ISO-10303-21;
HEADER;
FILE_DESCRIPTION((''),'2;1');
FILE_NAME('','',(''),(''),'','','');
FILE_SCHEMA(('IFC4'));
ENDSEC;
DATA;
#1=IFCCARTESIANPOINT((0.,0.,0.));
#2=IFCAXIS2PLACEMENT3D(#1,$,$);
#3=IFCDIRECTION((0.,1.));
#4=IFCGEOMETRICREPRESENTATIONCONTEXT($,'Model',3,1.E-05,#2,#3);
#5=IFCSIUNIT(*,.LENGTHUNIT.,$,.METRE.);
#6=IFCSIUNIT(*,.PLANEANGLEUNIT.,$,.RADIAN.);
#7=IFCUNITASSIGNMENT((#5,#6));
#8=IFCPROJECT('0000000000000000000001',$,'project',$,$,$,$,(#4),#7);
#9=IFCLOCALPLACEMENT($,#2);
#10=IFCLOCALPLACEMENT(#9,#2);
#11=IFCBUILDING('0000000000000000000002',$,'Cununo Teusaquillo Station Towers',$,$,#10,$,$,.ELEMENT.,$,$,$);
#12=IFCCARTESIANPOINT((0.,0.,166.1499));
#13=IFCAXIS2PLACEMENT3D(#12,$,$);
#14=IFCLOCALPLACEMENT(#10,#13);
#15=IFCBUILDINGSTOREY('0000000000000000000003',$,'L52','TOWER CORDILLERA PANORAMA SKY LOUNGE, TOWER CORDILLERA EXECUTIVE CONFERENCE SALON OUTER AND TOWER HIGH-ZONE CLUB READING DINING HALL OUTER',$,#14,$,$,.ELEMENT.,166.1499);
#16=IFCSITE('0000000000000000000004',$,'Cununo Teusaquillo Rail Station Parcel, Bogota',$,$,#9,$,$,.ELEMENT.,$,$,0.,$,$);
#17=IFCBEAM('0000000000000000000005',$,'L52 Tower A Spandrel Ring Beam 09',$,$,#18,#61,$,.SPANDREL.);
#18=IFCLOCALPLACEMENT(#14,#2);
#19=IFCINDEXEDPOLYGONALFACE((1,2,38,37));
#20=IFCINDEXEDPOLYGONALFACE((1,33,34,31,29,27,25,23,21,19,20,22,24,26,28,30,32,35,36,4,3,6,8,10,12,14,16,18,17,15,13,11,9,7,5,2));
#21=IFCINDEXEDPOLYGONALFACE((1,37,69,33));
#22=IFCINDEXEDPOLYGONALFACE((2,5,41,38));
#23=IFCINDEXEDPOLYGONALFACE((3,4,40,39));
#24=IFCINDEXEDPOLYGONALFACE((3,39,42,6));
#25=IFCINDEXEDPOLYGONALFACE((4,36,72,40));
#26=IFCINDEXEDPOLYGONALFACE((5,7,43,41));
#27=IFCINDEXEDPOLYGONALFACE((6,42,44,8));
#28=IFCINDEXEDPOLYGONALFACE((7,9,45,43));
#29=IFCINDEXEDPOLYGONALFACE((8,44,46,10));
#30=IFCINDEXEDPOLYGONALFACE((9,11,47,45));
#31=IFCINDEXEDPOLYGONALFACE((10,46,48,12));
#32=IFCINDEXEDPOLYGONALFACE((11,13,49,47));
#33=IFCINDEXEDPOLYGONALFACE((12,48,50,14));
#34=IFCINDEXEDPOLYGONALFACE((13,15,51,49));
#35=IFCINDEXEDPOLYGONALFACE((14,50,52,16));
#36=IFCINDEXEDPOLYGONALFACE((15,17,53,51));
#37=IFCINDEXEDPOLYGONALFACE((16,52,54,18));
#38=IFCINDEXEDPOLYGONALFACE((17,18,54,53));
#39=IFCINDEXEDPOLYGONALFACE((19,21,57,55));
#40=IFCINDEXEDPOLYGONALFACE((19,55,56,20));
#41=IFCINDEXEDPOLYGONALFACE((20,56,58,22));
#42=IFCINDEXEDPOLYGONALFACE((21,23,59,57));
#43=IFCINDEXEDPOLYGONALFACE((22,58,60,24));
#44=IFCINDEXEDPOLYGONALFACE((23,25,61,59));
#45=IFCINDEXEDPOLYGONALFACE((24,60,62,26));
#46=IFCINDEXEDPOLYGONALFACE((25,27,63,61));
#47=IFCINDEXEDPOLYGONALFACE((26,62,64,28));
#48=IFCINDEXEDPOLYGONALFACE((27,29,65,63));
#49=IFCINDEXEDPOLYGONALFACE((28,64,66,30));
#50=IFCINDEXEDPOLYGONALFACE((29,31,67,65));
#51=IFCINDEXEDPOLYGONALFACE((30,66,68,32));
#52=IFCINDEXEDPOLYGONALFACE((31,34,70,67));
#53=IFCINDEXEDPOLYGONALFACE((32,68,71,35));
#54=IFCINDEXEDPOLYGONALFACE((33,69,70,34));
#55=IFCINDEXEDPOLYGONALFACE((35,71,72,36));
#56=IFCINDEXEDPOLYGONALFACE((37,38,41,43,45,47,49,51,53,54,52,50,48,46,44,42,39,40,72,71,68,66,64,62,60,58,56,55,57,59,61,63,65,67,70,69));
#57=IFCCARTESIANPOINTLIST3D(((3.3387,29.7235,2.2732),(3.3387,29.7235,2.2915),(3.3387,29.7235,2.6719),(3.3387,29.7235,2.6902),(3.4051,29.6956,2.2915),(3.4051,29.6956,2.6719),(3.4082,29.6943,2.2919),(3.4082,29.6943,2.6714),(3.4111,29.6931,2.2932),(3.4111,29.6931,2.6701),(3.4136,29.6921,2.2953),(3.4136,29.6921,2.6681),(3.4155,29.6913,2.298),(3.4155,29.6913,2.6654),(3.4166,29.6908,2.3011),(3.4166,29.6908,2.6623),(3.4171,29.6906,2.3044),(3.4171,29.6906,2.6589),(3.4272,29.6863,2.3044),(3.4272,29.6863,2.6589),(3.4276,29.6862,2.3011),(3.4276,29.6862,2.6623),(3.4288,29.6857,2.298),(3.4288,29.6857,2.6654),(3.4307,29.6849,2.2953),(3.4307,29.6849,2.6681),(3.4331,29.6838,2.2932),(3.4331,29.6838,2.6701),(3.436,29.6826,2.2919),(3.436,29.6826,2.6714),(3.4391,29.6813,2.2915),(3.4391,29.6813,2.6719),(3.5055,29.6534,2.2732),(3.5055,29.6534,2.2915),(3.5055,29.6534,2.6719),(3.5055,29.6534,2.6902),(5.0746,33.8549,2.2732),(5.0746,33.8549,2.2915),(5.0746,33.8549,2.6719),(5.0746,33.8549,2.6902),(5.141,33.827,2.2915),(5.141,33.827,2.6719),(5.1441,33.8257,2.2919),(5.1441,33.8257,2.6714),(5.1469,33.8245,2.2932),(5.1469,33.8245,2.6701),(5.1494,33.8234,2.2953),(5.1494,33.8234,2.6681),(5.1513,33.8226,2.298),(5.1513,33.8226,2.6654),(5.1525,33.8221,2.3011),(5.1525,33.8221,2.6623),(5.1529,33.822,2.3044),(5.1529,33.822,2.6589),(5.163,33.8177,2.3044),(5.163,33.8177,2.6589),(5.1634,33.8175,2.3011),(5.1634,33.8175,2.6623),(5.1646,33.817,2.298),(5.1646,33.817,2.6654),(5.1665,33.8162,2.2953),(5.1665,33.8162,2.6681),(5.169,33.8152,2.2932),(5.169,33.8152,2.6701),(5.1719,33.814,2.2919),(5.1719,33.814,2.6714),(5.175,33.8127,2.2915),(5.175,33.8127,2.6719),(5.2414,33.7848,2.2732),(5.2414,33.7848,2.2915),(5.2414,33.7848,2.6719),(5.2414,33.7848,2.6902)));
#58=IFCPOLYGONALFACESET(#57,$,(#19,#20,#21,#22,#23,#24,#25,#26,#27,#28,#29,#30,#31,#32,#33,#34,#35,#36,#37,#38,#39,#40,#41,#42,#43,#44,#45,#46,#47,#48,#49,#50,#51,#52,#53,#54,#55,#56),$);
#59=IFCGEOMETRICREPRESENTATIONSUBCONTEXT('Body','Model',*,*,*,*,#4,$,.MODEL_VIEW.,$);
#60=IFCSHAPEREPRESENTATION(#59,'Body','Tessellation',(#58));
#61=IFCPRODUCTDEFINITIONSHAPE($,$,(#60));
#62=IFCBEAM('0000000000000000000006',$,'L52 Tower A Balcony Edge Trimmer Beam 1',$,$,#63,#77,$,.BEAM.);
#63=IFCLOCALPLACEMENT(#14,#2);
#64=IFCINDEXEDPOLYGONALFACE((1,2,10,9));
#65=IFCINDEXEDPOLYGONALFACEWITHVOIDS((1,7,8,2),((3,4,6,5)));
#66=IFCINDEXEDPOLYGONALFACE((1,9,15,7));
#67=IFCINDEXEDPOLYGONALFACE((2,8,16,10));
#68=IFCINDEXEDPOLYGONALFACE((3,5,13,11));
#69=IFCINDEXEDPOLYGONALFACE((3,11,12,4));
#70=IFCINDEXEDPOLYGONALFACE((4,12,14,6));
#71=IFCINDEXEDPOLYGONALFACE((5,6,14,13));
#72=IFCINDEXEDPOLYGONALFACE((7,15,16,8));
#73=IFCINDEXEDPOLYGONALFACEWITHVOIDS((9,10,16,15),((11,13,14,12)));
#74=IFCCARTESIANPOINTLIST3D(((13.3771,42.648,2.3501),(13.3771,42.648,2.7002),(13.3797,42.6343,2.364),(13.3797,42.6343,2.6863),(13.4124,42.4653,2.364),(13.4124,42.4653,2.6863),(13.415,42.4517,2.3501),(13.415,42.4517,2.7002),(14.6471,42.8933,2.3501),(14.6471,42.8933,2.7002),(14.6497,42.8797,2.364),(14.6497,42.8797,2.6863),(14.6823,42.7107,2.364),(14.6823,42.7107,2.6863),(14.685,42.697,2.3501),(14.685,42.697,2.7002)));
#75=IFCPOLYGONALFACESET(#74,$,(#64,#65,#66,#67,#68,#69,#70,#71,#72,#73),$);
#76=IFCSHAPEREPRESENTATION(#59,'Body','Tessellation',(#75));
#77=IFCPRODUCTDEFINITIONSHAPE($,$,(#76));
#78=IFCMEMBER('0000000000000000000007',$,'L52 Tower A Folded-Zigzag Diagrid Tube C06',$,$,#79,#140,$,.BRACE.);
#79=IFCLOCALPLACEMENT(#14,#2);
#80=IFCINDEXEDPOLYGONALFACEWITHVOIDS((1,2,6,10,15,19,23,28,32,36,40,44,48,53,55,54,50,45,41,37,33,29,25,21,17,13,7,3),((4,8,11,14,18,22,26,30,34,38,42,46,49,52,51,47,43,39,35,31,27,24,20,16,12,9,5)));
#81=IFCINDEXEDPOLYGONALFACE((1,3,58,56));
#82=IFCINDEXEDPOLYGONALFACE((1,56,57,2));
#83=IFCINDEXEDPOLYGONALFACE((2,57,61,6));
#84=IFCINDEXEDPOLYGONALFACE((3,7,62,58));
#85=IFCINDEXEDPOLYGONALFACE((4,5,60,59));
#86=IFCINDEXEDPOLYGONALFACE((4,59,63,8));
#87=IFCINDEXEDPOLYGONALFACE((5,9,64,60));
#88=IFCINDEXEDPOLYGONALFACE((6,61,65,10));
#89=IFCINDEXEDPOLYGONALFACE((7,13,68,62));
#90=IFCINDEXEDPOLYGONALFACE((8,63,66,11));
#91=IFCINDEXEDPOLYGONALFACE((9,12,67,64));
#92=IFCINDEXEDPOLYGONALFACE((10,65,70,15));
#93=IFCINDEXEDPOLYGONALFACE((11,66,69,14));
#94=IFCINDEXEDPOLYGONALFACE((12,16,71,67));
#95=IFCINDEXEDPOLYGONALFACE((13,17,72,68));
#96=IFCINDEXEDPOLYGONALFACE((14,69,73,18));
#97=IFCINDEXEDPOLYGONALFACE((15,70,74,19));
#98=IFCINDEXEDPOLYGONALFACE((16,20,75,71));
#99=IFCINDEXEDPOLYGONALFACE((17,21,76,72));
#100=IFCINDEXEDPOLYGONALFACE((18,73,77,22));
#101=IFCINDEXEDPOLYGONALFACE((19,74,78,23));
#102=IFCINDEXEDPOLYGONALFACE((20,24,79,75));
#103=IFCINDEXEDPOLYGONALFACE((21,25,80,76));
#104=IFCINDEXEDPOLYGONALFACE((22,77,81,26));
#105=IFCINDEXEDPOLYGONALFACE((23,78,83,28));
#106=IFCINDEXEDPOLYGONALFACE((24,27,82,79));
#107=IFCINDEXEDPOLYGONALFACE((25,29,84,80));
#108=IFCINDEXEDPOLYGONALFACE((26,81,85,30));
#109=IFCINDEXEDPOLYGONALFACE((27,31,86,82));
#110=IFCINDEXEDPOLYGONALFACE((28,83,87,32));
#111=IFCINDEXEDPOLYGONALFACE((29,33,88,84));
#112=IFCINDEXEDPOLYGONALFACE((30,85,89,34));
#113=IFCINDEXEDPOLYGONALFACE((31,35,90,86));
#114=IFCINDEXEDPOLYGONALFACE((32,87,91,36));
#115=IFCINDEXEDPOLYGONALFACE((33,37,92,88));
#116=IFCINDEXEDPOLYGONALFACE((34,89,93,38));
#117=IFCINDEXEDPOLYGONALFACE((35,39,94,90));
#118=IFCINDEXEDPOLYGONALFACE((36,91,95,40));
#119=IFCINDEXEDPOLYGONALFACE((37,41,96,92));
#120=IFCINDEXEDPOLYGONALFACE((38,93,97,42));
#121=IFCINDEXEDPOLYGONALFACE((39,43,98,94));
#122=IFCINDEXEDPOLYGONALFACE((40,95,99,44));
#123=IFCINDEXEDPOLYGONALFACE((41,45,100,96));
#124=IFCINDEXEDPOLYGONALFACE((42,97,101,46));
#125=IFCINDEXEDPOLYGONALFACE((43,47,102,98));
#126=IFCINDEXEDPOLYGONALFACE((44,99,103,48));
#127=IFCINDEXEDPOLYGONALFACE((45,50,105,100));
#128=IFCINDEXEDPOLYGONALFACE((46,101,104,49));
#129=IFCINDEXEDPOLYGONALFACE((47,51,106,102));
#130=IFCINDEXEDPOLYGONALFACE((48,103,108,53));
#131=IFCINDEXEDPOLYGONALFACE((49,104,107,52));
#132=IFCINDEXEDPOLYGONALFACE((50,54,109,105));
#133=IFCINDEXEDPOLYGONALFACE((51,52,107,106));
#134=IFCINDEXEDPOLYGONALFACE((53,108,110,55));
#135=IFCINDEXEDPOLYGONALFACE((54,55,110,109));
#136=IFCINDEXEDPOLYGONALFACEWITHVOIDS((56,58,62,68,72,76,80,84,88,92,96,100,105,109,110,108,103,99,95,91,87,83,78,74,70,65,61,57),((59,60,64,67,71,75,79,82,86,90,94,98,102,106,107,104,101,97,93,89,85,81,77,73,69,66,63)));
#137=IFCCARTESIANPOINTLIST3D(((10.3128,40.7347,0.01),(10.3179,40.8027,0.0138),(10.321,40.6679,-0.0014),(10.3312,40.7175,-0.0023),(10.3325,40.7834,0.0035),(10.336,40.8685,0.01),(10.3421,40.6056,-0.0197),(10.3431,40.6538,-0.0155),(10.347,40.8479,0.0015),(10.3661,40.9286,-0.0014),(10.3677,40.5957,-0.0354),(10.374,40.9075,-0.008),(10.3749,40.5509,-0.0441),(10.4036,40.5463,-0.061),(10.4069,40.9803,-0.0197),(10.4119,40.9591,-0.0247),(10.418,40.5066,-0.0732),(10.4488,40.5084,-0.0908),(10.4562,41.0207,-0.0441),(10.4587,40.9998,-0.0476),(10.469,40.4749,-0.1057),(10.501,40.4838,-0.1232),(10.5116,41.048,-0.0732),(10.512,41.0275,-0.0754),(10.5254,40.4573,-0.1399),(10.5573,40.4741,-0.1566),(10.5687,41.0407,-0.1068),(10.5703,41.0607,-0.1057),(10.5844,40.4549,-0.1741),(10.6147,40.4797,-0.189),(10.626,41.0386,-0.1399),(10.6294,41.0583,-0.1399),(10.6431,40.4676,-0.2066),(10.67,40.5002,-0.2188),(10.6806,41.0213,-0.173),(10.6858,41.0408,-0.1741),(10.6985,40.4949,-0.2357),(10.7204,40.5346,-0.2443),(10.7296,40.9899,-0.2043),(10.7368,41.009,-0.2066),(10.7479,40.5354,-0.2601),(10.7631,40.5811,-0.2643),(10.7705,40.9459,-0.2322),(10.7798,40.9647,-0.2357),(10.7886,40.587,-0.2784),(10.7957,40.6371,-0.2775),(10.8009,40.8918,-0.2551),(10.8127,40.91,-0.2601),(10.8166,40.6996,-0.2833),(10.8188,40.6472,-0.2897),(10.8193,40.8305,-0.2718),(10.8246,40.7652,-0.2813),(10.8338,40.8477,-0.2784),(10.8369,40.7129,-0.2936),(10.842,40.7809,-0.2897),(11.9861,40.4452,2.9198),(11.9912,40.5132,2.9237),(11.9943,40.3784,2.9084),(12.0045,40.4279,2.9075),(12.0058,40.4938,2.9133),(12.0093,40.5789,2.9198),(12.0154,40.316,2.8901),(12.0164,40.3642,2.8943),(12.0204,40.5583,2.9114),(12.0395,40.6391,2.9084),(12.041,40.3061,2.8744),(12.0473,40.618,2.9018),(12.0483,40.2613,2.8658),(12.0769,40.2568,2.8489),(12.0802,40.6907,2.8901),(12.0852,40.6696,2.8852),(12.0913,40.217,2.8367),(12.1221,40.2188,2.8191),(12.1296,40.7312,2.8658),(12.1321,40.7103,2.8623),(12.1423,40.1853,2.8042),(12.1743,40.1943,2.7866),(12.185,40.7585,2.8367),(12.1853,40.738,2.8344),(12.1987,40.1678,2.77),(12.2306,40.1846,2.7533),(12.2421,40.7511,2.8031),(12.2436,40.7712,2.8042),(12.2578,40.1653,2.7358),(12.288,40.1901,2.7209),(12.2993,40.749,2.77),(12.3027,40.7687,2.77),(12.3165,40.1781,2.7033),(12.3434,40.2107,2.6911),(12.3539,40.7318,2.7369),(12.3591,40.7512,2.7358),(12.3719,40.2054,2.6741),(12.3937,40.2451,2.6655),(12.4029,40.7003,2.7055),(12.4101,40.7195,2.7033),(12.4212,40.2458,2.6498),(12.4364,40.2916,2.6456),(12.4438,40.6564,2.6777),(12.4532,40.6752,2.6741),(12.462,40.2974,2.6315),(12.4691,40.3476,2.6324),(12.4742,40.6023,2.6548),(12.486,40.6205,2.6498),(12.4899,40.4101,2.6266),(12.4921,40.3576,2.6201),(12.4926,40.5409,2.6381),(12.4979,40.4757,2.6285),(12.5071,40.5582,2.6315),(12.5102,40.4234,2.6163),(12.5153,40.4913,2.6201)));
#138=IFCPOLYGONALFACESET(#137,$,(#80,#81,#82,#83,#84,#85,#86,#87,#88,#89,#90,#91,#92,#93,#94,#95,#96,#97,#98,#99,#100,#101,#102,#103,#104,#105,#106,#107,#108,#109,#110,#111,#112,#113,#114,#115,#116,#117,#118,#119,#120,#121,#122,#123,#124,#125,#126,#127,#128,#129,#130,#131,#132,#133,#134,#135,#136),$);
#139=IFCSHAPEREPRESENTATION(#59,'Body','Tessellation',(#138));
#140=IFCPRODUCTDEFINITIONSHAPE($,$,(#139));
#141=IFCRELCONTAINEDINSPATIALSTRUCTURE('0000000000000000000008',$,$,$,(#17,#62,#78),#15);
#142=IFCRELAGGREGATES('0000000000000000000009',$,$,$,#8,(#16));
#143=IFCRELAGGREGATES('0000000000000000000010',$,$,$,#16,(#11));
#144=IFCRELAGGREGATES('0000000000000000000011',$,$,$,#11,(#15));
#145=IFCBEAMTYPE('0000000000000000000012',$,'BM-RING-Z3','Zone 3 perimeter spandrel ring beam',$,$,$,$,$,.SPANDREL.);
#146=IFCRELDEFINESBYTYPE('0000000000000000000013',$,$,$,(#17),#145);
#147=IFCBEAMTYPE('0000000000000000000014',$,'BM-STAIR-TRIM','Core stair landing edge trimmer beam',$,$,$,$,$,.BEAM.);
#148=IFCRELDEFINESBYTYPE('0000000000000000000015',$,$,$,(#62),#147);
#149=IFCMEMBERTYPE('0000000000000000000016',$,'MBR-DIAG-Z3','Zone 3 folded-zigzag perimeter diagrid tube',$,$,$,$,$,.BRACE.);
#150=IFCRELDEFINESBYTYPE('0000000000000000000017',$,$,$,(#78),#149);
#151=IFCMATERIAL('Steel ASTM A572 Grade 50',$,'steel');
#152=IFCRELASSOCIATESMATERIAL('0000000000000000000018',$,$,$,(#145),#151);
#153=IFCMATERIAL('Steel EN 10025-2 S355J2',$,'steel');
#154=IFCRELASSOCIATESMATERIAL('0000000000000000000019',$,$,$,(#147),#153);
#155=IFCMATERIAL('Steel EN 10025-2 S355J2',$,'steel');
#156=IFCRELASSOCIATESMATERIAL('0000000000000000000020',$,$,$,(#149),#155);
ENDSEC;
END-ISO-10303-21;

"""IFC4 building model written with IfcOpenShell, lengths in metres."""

from ifc_helpers import new_model, si_unit, direction, frame, origin, origin_2d, place, context, subcontext, project, spatial, hollow_rectangle, hollow_circle, i_section, extrude, material, material_profile, profile_set, type_object, element, save


model = new_model("IFC4")

# Units and contexts
model_context = context("Model", 3, precision=1e-05, world=origin(), true_north=direction((0.0, 1.0)))
body_context = subcontext(model_context, "Body", "Model", "MODEL_VIEW")
ifc_project = project(units=[si_unit("LENGTHUNIT", "METRE"), si_unit("PLANEANGLEUNIT", "RADIAN")], contexts=[model_context])

# Site, building, storey
site_placement = place(None, origin())
site = spatial("IfcSite", under=ifc_project, at=site_placement, Name="Cununo Teusaquillo Rail Station Parcel, Bogota", CompositionType="ELEMENT", RefElevation=0.0)
building_placement = place(site_placement, origin())
building = spatial("IfcBuilding", under=site, at=building_placement, Name="Cununo Teusaquillo Station Towers", CompositionType="ELEMENT")
storey_placement = place(building_placement, frame((0.0, 0.0, 166.1499)))
storey = spatial("IfcBuildingStorey", under=building, at=storey_placement, Name="L52", Description="TOWER CORDILLERA PANORAMA SKY LOUNGE, TOWER CORDILLERA EXECUTIVE CONFERENCE SALON OUTER AND TOWER HIGH-ZONE CLUB READING DINING HALL OUTER", CompositionType="ELEMENT", Elevation=166.1499)

# Beams
ifc_material_1 = material(Name="Steel ASTM A572 Grade 50", Category="steel")
ifc_material_profile_1 = material_profile(ifc_material_1, i_section(OverallWidth=0.1809, OverallDepth=0.417, WebThickness=0.011, FlangeThickness=0.0183, FilletRadius=0.0129, at=origin_2d()), Name="W16X57")
ifc_profile_set_1 = profile_set([ifc_material_profile_1], Name="Steel ASTM A572 Grade 50")
beam_type_1 = type_object("IfcBeamType", Name="BM-RING-Z3", Description="Zone 3 perimeter spandrel ring beam", PredefinedType="SPANDREL", material=ifc_profile_set_1)
beam_1_placement = place(storey_placement, frame((5.158, 33.8198, 2.4817), z_axis=(-0.38736, -0.921928, 0.0), x_axis=(0.921928, -0.38736, 0.0)))
element("IfcBeam", 1, at=beam_1_placement, inside=storey, type_object=beam_type_1, Name="L52 Tower A Spandrel Ring Beam 09", PredefinedType="SPANDREL", context=body_context, shape_type="SweptSolid", body=[
    extrude(i_section(OverallWidth=0.1809, OverallDepth=0.417, WebThickness=0.011, FlangeThickness=0.0183, FilletRadius=0.0129, at=origin_2d()), origin(), (0.0, 0.0, 1.0), 4.4812),
])
ifc_material_2 = material(Name="Steel EN 10025-2 S355J2", Category="steel")
ifc_material_profile_2 = material_profile(ifc_material_2, hollow_rectangle(XDim=0.2, YDim=0.3501, WallThickness=0.0139, at=origin_2d()), Name="RHS 350x200x14")
ifc_profile_set_2 = profile_set([ifc_material_profile_2], Name="Steel EN 10025-2 S355J2")
beam_type_2 = type_object("IfcBeamType", Name="BM-STAIR-TRIM", Description="Core stair landing edge trimmer beam", PredefinedType="BEAM", material=ifc_profile_set_2)
beam_2_placement = place(storey_placement, frame((14.666, 42.7952, 2.5251), z_axis=(-0.981845, -0.189687, 0.0), x_axis=(0.189687, -0.981845, 0.0)))
element("IfcBeam", 2, at=beam_2_placement, inside=storey, type_object=beam_type_2, Name="L52 Tower A Balcony Edge Trimmer Beam 1", PredefinedType="BEAM", context=body_context, shape_type="SweptSolid", body=[
    extrude(hollow_rectangle(XDim=0.2, YDim=0.3501, WallThickness=0.0139, at=origin_2d()), origin(), (0.0, 0.0, 1.0), 1.2935),
])

# Member
ifc_material_3 = material(Name="Steel EN 10025-2 S355J2", Category="steel")
ifc_material_profile_3 = material_profile(ifc_material_3, hollow_circle(Radius=0.3049, WallThickness=0.02, at=origin_2d()), Name="CHS 610x20")
ifc_profile_set_3 = profile_set([ifc_material_profile_3], Name="Steel EN 10025-2 S355J2")
member_type = type_object("IfcMemberType", Name="MBR-DIAG-Z3", Description="Zone 3 folded-zigzag perimeter diagrid tube", PredefinedType="BRACE", material=ifc_profile_set_3)
member_1_placement = place(storey_placement, frame((10.5774, 40.7578, -0.1399), z_axis=(0.496658, -0.085941, 0.863681), x_axis=(0.170504, 0.985357, 0.0)))
element("IfcMember", 3, at=member_1_placement, inside=storey, type_object=member_type, Name="L52 Tower A Folded-Zigzag Diagrid Tube C06", PredefinedType="BRACE", context=body_context, shape_type="SweptSolid", body=[
    extrude(hollow_circle(Radius=0.3049, WallThickness=0.02, at=origin_2d()), origin(), (0.0, 0.0, 1.0), 3.3691),
])

save(model, "model.ifc")
